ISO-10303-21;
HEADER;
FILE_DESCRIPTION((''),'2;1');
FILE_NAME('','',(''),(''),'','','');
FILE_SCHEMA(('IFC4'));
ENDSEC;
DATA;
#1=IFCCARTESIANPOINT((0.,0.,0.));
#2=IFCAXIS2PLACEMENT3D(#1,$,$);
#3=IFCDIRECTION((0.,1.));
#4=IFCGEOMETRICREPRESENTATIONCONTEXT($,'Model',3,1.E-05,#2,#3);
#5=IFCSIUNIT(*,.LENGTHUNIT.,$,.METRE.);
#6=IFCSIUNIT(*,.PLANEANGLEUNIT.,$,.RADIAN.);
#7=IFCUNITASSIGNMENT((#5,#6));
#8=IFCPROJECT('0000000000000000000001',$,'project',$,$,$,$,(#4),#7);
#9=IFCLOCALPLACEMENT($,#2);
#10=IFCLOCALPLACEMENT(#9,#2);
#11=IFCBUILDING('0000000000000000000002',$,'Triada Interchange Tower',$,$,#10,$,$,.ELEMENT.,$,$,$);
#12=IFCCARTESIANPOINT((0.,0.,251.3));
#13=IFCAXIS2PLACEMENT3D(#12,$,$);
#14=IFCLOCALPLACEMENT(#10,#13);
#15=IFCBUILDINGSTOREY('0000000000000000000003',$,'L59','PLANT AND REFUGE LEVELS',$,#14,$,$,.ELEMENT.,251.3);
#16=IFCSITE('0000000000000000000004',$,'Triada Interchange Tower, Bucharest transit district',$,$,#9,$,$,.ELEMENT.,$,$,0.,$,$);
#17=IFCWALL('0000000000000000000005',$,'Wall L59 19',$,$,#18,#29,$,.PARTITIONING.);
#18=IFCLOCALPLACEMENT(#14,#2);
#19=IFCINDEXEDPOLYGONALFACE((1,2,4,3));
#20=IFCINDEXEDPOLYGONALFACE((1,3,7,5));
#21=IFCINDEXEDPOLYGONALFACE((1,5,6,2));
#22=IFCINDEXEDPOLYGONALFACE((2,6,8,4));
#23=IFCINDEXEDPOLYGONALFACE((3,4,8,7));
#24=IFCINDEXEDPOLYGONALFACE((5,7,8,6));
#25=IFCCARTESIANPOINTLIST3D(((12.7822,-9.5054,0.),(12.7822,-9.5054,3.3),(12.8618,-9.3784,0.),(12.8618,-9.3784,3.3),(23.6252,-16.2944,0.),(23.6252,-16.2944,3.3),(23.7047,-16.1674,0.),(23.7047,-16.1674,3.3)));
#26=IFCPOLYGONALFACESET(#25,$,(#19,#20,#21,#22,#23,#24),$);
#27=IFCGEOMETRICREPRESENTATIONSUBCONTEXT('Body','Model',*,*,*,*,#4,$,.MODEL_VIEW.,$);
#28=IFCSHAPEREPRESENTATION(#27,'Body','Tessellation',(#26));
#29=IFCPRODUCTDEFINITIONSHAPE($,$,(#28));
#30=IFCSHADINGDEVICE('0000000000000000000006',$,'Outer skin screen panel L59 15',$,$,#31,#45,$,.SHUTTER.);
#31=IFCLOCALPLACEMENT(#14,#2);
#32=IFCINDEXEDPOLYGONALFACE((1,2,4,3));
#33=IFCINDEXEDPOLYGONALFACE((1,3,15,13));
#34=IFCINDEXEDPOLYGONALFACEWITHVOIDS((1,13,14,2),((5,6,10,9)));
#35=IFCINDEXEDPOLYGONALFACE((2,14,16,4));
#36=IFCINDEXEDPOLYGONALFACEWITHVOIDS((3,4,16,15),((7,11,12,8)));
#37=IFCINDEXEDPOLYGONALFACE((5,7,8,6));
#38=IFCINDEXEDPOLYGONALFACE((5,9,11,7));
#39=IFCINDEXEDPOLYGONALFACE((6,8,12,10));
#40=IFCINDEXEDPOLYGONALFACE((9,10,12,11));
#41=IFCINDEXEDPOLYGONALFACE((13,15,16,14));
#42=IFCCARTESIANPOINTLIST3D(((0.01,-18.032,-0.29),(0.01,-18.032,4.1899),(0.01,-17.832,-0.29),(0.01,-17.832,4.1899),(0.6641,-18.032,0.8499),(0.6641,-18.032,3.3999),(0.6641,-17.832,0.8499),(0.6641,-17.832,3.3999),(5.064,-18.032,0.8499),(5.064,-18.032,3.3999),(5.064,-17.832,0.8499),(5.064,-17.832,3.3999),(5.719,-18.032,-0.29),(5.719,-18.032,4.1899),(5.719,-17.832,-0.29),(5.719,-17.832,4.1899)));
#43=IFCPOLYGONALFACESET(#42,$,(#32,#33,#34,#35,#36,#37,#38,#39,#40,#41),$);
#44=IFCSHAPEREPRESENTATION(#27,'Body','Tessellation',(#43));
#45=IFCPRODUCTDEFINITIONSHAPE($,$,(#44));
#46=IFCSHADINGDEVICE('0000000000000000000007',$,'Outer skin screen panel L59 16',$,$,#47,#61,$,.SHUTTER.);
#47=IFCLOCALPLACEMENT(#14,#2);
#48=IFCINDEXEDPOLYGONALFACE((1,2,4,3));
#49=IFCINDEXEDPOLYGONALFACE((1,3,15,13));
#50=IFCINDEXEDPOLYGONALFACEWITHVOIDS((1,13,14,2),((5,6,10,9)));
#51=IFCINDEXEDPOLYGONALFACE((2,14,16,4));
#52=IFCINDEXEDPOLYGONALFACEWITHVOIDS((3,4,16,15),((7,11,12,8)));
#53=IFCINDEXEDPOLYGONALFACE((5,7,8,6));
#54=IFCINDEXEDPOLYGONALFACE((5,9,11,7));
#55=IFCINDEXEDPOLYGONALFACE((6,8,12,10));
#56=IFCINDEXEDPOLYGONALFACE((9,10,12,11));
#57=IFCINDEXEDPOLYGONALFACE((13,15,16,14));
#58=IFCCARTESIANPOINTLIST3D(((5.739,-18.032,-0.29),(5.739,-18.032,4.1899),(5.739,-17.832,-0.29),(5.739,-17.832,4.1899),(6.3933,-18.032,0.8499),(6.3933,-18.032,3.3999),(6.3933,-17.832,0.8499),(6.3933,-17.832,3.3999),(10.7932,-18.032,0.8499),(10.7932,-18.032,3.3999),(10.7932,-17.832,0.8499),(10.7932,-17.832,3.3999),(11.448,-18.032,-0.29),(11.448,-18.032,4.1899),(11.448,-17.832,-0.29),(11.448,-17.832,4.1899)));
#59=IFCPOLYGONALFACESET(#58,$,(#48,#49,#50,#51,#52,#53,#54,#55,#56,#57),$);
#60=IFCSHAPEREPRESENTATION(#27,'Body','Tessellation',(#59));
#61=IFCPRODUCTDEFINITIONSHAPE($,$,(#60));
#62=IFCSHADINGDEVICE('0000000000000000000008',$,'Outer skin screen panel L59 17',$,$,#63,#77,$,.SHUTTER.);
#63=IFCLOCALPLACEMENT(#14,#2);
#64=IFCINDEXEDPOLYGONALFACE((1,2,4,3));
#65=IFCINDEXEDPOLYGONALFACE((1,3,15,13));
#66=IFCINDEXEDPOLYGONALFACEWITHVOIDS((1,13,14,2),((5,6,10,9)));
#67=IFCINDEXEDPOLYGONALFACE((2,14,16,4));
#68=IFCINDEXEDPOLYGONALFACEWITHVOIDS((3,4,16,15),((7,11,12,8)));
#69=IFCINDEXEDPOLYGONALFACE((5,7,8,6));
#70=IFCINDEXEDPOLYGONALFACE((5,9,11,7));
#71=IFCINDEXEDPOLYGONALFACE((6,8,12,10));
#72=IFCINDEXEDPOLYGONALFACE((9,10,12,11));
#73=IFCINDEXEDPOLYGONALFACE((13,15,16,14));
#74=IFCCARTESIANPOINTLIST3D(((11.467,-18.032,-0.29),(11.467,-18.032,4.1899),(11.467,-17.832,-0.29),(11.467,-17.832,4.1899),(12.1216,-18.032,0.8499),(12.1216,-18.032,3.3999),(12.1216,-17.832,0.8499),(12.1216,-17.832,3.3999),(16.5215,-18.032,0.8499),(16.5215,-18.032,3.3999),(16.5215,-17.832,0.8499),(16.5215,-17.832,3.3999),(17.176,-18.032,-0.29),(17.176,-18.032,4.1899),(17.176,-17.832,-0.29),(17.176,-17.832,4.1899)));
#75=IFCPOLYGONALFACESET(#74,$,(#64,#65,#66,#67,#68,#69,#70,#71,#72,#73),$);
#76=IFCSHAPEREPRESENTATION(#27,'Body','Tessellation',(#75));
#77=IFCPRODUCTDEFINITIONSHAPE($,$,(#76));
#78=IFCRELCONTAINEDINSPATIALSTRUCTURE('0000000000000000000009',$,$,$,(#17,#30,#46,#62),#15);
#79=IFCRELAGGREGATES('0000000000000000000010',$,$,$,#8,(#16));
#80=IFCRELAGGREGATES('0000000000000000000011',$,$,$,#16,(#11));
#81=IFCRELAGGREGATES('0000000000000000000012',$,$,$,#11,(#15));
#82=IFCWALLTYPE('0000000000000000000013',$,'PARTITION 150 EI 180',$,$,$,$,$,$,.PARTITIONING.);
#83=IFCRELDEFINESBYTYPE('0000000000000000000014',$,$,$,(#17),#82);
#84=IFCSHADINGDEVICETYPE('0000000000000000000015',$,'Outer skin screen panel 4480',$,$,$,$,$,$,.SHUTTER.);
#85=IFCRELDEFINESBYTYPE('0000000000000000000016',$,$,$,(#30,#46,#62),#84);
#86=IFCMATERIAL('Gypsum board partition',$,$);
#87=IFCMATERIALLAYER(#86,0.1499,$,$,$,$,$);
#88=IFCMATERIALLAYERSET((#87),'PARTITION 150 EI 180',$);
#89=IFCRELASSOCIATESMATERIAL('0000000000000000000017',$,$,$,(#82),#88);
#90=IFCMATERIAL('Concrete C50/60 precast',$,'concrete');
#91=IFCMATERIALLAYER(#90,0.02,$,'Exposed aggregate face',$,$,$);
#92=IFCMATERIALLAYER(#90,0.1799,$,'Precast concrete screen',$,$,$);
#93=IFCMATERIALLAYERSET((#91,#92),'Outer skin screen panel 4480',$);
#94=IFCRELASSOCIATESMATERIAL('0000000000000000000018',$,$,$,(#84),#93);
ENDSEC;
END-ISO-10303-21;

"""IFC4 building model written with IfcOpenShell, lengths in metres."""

from ifc_helpers import new_model, si_unit, direction, frame, frame_2d, origin, place, context, subcontext, project, spatial, polyline, rectangle, outline, extrude, material, layer, layer_set, type_object, element, save


model = new_model("IFC4")

# Units and contexts
model_context = context("Model", 3, precision=1e-05, world=origin(), true_north=direction((0.0, 1.0)))
body_context = subcontext(model_context, "Body", "Model", "MODEL_VIEW")
ifc_project = project(units=[si_unit("LENGTHUNIT", "METRE"), si_unit("PLANEANGLEUNIT", "RADIAN")], contexts=[model_context])

# Site, building, storey
site_placement = place(None, origin())
site = spatial("IfcSite", under=ifc_project, at=site_placement, Name="Triada Interchange Tower, Bucharest transit district", CompositionType="ELEMENT", RefElevation=0.0)
building_placement = place(site_placement, origin())
building = spatial("IfcBuilding", under=site, at=building_placement, Name="Triada Interchange Tower", CompositionType="ELEMENT")
storey_placement = place(building_placement, frame((0.0, 0.0, 251.3)))
storey = spatial("IfcBuildingStorey", under=building, at=storey_placement, Name="L59", Description="PLANT AND REFUGE LEVELS", CompositionType="ELEMENT", Elevation=251.3)

# Wall
ifc_material_1 = material(Name="Gypsum board partition")
ifc_layer_1 = layer(ifc_material_1, 0.1499)
ifc_layer_set_1 = layer_set([ifc_layer_1], Name="PARTITION 150 EI 180")
wall_type_1 = type_object("IfcWallType", Name="PARTITION 150 EI 180", PredefinedType="PARTITIONING", material=ifc_layer_set_1)
wall_1_placement = place(storey_placement, frame((12.822, -9.4419, 0.0), z_axis=(0.0, 0.0, 1.0), x_axis=(0.84757, -0.530683, 0.0)))
element("IfcWall", 1, at=wall_1_placement, inside=storey, type_object=wall_type_1, Name="Wall L59 19", PredefinedType="PARTITIONING", context=body_context, shape_type="SweptSolid", body=[
    extrude(rectangle(XDim=12.793, YDim=0.1499, at=frame_2d((6.3965, 0.0))), origin(), (0.0, 0.0, 1.0), 3.3),
])

# Shading devices
ifc_material_2 = material(Name="Concrete C50/60 precast", Category="concrete")
ifc_layer_2 = layer(ifc_material_2, 0.02, Name="Exposed aggregate face")
ifc_layer_3 = layer(ifc_material_2, 0.1799, Name="Precast concrete screen")
ifc_layer_set_2 = layer_set([ifc_layer_2, ifc_layer_3], Name="Outer skin screen panel 4480")
shading_device_type = type_object("IfcShadingDeviceType", Name="Outer skin screen panel 4480", PredefinedType="SHUTTER", material=ifc_layer_set_2)
shading_device_1_placement = place(storey_placement, frame((0.01, -17.832, -0.29), z_axis=(0.0, 0.0, 1.0), x_axis=(1.0, 0.0, 0.0)))
element("IfcShadingDevice", 2, at=shading_device_1_placement, inside=storey, type_object=shading_device_type, Name="Outer skin screen panel L59 15", PredefinedType="SHUTTER", context=body_context, shape_type="SweptSolid", body=[
    extrude(outline(polyline([(0.0, 0.0), (5.709, 0.0), (5.709, 4.48), (0.0, 4.48), (0.0, 0.0)]), holes=[polyline([(0.6541, 1.1399), (0.6541, 3.6899), (5.054, 3.6899), (5.054, 1.1399), (0.6541, 1.1399)])]), frame((0.0, 0.0, 0.0), z_axis=(0.0, -1.0, 0.0), x_axis=(1.0, 0.0, 0.0)), (0.0, 0.0, 1.0), 0.2),
])
shading_device_2_placement = place(storey_placement, frame((5.739, -17.832, -0.29), z_axis=(0.0, 0.0, 1.0), x_axis=(1.0, 0.0, 0.0)))
element("IfcShadingDevice", 3, at=shading_device_2_placement, inside=storey, type_object=shading_device_type, Name="Outer skin screen panel L59 16", PredefinedType="SHUTTER", context=body_context, shape_type="SweptSolid", body=[
    extrude(outline(polyline([(0.0, 0.0), (5.709, 0.0), (5.709, 4.48), (0.0, 4.48), (0.0, 0.0)]), holes=[polyline([(0.6543, 1.1399), (0.6543, 3.6899), (5.0542, 3.6899), (5.0542, 1.1399), (0.6543, 1.1399)])]), frame((0.0, 0.0, 0.0), z_axis=(0.0, -1.0, 0.0), x_axis=(1.0, 0.0, 0.0)), (0.0, 0.0, 1.0), 0.2),
])
shading_device_3_placement = place(storey_placement, frame((11.467, -17.832, -0.29), z_axis=(0.0, 0.0, 1.0), x_axis=(1.0, 0.0, 0.0)))
element("IfcShadingDevice", 4, at=shading_device_3_placement, inside=storey, type_object=shading_device_type, Name="Outer skin screen panel L59 17", PredefinedType="SHUTTER", context=body_context, shape_type="SweptSolid", body=[
    extrude(outline(polyline([(0.0, 0.0), (5.709, 0.0), (5.709, 4.48), (0.0, 4.48), (0.0, 0.0)]), holes=[polyline([(0.6545, 1.1399), (0.6545, 3.6899), (5.0544, 3.6899), (5.0544, 1.1399), (0.6545, 1.1399)])]), frame((0.0, 0.0, 0.0), z_axis=(0.0, -1.0, 0.0), x_axis=(1.0, 0.0, 0.0)), (0.0, 0.0, 1.0), 0.2),
])

save(model, "model.ifc")
